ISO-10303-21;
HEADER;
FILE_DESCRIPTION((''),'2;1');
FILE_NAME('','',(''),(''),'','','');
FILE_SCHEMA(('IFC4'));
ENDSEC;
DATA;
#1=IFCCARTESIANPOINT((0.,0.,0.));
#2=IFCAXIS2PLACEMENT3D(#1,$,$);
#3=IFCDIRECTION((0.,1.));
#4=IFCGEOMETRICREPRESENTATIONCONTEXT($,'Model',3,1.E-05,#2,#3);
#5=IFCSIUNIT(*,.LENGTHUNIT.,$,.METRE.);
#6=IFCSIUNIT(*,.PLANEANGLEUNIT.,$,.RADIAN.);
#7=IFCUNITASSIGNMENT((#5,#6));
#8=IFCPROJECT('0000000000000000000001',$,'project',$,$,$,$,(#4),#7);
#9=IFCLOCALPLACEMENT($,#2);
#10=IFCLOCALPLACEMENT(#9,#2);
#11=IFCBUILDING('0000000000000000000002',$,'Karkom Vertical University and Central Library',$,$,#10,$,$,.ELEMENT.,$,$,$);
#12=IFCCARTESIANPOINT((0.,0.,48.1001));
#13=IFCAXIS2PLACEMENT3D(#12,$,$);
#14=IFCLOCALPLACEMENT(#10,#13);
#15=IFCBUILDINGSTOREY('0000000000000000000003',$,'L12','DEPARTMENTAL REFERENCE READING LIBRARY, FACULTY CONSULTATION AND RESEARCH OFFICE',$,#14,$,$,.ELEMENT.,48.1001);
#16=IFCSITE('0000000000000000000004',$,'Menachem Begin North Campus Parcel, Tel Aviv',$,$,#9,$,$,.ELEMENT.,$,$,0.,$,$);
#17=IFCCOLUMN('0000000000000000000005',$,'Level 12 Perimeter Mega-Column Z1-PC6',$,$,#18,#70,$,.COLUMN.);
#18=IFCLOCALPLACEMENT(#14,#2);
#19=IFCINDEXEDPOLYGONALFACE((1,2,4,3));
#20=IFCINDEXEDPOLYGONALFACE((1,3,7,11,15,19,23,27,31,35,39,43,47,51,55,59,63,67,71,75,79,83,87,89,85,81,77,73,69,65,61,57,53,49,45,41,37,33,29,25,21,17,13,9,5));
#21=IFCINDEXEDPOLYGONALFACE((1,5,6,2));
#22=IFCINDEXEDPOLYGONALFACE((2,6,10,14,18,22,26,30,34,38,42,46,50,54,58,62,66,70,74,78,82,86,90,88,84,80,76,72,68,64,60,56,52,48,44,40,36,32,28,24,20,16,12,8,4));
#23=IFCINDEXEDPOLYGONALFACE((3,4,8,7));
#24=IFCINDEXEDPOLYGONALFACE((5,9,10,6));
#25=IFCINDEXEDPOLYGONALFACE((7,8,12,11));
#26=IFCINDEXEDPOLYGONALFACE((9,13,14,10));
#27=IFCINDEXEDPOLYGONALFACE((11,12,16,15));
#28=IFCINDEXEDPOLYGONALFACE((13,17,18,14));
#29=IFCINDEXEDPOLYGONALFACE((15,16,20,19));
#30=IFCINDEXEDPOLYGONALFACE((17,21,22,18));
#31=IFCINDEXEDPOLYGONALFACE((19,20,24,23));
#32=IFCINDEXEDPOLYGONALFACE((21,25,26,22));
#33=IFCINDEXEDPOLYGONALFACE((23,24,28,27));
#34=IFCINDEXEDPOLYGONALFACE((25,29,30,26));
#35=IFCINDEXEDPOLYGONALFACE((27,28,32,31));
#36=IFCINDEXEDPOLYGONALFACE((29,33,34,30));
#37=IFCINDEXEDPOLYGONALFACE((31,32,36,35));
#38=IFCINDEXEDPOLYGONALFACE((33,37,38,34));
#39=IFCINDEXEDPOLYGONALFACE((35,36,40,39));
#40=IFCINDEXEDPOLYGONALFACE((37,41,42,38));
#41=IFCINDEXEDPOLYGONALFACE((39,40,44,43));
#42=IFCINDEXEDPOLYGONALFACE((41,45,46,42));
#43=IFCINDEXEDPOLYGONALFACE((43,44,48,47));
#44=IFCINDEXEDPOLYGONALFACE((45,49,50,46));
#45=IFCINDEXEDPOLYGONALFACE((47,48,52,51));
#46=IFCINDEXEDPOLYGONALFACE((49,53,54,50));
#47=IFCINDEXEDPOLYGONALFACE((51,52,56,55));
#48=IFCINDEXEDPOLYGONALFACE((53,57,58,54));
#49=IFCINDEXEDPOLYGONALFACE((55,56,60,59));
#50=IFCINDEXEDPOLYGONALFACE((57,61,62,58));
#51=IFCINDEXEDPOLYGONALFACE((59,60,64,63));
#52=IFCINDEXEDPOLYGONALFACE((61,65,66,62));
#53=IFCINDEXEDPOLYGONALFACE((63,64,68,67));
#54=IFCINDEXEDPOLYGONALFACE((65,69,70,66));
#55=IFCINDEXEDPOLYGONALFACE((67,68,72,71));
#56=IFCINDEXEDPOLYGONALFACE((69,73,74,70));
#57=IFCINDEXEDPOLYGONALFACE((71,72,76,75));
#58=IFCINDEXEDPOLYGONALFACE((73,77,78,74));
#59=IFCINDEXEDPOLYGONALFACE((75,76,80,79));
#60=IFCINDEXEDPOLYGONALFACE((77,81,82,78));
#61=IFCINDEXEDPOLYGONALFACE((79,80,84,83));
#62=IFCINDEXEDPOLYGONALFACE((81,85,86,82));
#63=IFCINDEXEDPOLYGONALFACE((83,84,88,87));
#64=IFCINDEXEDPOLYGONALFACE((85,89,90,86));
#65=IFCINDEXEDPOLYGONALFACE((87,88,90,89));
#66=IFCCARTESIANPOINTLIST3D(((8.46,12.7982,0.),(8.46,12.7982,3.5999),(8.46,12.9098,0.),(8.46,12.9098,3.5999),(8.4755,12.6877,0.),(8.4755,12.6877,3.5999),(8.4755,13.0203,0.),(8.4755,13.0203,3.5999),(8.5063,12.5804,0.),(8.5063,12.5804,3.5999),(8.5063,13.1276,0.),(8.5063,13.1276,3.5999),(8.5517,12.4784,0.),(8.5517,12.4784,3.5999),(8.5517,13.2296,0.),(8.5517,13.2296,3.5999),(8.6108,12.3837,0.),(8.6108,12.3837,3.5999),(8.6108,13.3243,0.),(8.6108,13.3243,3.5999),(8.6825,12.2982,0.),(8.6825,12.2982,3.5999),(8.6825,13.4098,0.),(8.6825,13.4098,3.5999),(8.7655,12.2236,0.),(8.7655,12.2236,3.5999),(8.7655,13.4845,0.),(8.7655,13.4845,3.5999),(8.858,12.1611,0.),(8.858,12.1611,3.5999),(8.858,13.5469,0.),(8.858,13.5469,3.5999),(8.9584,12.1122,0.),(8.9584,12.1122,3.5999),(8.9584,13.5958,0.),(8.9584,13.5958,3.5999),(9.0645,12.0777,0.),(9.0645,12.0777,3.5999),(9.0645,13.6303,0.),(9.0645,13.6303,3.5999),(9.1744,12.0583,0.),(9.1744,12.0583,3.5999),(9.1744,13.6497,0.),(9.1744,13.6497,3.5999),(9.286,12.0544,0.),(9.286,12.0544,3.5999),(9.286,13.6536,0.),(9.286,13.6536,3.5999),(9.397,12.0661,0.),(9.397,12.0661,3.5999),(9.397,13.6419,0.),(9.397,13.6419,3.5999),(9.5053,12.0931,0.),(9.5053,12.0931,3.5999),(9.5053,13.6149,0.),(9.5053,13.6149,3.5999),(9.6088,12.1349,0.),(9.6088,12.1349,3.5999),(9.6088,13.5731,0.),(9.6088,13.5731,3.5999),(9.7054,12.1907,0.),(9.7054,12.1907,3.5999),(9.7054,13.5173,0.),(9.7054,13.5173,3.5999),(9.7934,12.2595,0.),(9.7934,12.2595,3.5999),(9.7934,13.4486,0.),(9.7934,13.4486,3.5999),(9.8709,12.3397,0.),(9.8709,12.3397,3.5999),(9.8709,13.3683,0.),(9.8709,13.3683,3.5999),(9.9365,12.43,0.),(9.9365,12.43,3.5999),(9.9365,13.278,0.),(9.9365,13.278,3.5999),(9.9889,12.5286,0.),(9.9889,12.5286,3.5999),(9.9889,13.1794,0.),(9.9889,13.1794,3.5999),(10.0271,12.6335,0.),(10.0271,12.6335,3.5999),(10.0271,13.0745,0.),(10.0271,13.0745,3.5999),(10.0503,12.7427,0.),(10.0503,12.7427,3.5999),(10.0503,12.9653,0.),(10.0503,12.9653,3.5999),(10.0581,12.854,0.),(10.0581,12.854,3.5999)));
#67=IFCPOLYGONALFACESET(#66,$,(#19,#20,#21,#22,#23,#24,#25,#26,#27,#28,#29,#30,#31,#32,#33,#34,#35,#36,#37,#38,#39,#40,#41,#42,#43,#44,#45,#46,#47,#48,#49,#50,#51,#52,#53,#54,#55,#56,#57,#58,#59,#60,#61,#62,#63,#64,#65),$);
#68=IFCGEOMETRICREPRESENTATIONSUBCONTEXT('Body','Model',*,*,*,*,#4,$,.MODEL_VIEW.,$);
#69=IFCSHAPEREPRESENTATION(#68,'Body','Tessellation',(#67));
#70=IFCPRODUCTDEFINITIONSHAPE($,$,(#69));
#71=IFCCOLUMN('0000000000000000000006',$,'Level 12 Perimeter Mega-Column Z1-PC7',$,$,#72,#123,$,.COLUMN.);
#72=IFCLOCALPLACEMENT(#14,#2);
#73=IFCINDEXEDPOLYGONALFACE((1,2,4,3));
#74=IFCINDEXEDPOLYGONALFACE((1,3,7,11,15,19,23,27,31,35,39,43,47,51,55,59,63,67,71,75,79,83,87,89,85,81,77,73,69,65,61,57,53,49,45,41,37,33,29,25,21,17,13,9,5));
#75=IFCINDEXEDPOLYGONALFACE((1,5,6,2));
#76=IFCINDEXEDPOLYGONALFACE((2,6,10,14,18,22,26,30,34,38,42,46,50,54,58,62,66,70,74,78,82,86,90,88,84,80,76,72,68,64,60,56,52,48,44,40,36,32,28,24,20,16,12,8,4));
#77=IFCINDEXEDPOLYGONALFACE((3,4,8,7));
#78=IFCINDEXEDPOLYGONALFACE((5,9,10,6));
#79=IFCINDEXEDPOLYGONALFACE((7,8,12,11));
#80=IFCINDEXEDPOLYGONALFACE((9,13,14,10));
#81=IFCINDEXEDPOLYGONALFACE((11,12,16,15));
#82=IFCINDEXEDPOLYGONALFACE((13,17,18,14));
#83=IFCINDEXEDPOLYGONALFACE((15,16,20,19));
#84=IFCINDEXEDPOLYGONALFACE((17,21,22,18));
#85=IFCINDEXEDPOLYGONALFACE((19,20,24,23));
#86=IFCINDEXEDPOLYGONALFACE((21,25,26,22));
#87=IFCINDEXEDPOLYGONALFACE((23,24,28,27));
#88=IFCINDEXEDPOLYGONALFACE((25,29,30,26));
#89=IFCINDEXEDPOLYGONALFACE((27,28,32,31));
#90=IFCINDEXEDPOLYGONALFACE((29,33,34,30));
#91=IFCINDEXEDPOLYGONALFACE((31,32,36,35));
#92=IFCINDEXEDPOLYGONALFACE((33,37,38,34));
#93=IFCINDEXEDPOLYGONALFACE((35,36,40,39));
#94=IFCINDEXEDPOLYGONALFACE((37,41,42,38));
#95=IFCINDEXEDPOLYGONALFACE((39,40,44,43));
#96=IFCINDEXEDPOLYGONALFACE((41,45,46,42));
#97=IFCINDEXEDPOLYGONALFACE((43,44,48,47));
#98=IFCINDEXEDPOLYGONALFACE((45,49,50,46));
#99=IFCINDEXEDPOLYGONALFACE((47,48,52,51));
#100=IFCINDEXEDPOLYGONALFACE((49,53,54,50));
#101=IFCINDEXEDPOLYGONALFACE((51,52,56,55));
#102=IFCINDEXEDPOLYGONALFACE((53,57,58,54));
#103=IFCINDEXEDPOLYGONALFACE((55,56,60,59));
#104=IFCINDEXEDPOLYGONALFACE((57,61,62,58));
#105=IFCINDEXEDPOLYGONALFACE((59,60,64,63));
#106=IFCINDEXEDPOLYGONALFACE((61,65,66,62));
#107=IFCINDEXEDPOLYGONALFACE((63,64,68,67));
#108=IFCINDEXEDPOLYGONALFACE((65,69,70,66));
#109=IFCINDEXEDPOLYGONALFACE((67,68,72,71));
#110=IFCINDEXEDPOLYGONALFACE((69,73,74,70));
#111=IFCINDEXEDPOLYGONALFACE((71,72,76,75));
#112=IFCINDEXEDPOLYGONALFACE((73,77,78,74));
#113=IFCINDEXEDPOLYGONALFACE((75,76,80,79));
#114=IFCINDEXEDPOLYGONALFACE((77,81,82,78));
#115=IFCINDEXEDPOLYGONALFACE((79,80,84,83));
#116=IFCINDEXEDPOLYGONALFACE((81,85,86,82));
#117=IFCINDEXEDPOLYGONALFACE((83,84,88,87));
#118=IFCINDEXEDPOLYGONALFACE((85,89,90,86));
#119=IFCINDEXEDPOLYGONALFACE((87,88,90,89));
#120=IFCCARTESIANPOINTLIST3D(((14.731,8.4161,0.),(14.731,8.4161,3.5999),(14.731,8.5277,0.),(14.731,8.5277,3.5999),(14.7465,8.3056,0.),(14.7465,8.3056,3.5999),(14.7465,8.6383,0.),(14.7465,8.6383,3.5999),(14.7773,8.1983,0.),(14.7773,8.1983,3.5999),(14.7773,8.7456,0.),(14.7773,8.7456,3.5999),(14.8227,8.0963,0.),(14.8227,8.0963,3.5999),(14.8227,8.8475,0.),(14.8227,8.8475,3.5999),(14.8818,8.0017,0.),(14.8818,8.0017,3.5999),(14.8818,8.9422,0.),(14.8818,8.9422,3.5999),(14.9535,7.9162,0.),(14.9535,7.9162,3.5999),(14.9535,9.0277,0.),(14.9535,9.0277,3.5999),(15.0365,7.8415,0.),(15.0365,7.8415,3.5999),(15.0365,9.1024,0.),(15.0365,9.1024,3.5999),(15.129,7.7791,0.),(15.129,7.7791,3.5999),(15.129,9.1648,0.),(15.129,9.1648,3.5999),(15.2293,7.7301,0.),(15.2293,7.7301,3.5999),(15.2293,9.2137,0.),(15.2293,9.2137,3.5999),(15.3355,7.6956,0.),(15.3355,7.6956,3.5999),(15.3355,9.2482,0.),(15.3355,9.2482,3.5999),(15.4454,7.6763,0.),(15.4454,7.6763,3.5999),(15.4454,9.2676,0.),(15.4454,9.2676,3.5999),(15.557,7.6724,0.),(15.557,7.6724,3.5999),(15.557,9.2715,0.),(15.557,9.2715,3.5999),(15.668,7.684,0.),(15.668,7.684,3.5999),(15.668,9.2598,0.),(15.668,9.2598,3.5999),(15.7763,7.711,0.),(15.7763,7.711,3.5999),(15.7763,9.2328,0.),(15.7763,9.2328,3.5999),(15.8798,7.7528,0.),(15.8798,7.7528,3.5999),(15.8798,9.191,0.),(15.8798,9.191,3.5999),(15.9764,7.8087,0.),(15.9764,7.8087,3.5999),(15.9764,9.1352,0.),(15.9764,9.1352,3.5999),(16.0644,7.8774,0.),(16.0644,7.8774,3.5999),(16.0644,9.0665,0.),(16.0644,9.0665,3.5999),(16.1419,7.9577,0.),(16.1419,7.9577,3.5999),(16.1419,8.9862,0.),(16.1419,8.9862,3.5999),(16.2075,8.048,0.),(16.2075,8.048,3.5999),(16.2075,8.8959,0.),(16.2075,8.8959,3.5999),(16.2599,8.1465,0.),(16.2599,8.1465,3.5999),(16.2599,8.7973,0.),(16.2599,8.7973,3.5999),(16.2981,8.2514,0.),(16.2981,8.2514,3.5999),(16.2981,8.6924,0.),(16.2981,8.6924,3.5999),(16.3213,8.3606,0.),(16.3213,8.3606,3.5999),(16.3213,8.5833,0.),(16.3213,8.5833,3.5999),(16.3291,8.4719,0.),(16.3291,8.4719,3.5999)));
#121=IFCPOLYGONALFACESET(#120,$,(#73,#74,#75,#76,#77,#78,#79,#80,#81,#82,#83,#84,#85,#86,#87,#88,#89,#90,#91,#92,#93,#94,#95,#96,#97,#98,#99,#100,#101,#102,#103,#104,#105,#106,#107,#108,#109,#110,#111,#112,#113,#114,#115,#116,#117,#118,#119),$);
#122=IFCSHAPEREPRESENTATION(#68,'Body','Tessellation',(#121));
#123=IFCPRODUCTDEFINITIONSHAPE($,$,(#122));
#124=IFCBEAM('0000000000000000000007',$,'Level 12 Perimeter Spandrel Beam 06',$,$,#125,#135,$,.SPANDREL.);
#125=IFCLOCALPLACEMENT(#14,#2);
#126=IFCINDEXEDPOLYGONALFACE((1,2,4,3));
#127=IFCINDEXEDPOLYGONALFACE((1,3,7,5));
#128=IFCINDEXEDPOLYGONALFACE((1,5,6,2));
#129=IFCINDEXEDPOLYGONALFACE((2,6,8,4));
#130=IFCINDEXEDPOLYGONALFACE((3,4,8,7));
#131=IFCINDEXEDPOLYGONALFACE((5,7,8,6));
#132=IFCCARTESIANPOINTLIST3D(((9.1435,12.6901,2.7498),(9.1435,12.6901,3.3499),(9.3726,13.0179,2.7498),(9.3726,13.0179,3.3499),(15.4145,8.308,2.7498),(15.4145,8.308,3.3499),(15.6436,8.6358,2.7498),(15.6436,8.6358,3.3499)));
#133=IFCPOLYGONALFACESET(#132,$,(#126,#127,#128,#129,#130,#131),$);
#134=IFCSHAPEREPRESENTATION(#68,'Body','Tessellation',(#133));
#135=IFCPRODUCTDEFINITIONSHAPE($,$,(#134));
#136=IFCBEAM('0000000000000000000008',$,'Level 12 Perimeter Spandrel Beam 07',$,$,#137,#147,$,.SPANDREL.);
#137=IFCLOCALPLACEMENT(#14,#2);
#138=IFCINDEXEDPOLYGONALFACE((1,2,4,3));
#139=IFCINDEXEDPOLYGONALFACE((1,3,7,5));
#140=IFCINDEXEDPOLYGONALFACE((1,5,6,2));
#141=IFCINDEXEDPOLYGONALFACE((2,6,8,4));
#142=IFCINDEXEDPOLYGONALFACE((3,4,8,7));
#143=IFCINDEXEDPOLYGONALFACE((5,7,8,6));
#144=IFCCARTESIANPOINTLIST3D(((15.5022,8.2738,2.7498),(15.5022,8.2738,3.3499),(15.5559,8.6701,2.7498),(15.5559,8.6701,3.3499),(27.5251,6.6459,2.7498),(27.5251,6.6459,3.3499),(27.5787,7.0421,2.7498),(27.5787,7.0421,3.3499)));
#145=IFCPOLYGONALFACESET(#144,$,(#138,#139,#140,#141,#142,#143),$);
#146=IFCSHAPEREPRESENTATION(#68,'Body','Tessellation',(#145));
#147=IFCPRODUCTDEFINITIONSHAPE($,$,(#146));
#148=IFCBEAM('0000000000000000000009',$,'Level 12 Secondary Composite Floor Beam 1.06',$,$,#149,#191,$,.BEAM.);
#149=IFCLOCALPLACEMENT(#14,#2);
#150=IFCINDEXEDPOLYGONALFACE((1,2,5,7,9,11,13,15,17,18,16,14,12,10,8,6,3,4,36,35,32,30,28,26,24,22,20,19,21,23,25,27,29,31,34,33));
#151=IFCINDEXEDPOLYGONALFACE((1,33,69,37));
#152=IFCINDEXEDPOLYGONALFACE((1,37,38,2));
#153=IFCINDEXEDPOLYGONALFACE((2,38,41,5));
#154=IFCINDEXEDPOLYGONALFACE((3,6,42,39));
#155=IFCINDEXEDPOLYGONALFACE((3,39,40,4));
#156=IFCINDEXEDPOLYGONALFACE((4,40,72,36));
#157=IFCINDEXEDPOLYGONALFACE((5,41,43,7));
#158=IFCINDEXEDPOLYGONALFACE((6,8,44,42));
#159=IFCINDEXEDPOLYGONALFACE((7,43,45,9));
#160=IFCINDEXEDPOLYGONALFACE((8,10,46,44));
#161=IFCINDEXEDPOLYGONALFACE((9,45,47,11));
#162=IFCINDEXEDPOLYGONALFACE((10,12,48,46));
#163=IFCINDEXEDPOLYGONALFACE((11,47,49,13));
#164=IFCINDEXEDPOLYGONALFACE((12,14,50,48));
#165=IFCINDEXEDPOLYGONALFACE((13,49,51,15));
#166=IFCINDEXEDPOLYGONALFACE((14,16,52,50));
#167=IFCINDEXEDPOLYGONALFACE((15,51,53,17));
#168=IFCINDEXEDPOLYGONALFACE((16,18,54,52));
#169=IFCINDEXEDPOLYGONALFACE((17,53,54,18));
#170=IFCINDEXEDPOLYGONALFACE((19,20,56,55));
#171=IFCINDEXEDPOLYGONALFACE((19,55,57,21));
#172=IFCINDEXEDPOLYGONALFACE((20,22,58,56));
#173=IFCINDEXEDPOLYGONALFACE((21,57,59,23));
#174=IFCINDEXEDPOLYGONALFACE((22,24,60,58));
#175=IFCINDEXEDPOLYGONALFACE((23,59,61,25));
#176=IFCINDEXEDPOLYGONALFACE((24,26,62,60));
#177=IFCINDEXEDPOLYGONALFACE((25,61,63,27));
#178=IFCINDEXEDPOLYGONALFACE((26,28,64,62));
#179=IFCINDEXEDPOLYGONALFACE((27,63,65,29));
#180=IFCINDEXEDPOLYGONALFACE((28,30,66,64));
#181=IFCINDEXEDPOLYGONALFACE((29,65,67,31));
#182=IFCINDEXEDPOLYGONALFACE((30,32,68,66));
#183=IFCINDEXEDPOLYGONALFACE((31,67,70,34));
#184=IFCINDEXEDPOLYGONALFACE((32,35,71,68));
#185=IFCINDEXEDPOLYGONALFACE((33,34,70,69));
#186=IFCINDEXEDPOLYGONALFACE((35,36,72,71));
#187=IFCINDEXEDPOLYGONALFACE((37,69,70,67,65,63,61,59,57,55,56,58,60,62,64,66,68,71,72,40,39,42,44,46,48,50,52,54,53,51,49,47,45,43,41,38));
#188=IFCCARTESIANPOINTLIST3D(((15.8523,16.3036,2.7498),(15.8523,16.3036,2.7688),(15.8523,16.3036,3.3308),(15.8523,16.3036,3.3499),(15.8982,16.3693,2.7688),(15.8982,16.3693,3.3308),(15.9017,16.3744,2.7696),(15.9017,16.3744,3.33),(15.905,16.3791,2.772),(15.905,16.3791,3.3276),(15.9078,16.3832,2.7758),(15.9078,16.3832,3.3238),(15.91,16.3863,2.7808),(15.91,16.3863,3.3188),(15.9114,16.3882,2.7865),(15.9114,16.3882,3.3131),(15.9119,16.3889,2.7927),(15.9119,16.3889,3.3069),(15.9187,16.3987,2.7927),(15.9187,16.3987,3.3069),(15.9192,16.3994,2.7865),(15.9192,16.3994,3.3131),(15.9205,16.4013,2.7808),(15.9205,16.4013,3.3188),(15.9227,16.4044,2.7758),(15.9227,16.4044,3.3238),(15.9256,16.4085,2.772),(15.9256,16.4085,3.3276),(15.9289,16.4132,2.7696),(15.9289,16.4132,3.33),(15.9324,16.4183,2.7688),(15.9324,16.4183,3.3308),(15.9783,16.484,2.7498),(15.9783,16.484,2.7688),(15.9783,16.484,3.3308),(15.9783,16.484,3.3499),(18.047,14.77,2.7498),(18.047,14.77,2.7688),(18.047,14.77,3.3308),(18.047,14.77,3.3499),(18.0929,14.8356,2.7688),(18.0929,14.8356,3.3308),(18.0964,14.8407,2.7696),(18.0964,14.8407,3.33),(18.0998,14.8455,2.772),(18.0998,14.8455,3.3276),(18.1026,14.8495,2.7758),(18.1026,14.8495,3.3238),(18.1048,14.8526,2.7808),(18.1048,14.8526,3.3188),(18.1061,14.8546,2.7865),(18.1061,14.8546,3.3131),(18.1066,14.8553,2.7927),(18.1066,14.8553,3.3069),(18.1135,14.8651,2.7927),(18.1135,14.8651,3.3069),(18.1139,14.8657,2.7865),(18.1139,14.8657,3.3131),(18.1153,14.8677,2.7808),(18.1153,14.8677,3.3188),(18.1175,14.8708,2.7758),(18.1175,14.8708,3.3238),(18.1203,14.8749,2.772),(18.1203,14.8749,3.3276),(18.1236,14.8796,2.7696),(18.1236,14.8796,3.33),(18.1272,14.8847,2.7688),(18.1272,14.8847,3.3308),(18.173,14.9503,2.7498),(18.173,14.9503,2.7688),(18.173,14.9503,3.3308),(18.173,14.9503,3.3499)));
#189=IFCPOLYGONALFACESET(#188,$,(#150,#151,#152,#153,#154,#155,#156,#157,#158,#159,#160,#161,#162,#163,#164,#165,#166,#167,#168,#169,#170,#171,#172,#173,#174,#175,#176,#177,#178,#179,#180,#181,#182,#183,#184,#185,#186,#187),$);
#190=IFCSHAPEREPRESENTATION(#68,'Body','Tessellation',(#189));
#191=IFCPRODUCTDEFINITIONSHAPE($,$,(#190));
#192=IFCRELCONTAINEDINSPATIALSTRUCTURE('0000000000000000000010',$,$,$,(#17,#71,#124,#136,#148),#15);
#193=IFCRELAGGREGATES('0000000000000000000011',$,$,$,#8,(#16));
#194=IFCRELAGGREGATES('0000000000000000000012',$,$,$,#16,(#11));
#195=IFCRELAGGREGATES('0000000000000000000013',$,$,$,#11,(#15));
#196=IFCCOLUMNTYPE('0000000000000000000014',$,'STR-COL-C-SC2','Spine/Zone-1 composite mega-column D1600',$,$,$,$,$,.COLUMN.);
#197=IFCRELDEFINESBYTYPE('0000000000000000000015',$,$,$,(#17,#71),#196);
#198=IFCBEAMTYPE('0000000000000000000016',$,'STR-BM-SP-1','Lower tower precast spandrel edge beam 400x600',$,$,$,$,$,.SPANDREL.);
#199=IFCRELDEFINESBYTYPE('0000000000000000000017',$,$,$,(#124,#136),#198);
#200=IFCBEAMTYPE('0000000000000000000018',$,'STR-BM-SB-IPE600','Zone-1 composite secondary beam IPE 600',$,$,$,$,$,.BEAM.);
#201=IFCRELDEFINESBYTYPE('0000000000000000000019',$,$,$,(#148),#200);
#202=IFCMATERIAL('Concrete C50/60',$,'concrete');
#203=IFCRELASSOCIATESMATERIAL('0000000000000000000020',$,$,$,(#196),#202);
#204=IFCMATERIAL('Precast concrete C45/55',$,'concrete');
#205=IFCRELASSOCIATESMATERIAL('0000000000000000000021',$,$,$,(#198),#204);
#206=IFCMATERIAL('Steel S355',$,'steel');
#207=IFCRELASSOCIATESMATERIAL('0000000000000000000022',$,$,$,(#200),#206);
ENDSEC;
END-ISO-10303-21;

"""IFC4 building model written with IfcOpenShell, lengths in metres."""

from ifc_helpers import new_model, si_unit, direction, frame, origin, origin_with_axes, origin_2d, place, context, subcontext, project, spatial, rectangle, circle, i_section, extrude, source, transform, mapped, material, material_profile, profile_set, type_object, element, save


model = new_model("IFC4")

# Units and contexts
model_context = context("Model", 3, precision=1e-05, world=origin(), true_north=direction((0.0, 1.0)))
body_context = subcontext(model_context, "Body", "Model", "MODEL_VIEW")
ifc_project = project(units=[si_unit("LENGTHUNIT", "METRE"), si_unit("PLANEANGLEUNIT", "RADIAN")], contexts=[model_context])

# Site, building, storey
site_placement = place(None, origin())
site = spatial("IfcSite", under=ifc_project, at=site_placement, Name="Menachem Begin North Campus Parcel, Tel Aviv", CompositionType="ELEMENT", RefElevation=0.0)
building_placement = place(site_placement, origin())
building = spatial("IfcBuilding", under=site, at=building_placement, Name="Karkom Vertical University and Central Library", CompositionType="ELEMENT")
storey_placement = place(building_placement, frame((0.0, 0.0, 48.1001)))
storey = spatial("IfcBuildingStorey", under=building, at=storey_placement, Name="L12", Description="DEPARTMENTAL REFERENCE READING LIBRARY, FACULTY CONSULTATION AND RESEARCH OFFICE", CompositionType="ELEMENT", Elevation=48.1001)

# Columns
ifc_material_1 = material(Name="Concrete C50/60", Category="concrete")
ifc_material_profile_1 = material_profile(ifc_material_1, circle(Radius=0.8, at=origin_2d()), Name="CFT-D1600")
ifc_profile_set_1 = profile_set([ifc_material_profile_1], Name="Concrete C50/60")
column_type = type_object("IfcColumnType", Name="STR-COL-C-SC2", Description="Spine/Zone-1 composite mega-column D1600", PredefinedType="COLUMN", material=ifc_profile_set_1)
shared_shape_1 = source(origin_with_axes(), body_context, "Body", "SweptSolid", [
    extrude(circle(Radius=0.8, at=origin_2d()), origin(), (0.0, 0.0, 1.0), 3.5999),
])
for number, where, z_axis, x_axis, name in (
    (1, (9.2581, 12.854, 0.0), (0.0, 0.0, 1.0), (1.0, 0.0, 0.0), "Level 12 Perimeter Mega-Column Z1-PC6"),
    (2, (15.5291, 8.4719, 0.0), (0.0, 0.0, 1.0), (1.0, 0.0, 0.0), "Level 12 Perimeter Mega-Column Z1-PC7"),
):
    element("IfcColumn", number, at=place(storey_placement, frame(where, z_axis=z_axis, x_axis=x_axis)), inside=storey, type_object=column_type, Name=name, PredefinedType="COLUMN", context=body_context, shape_type="MappedRepresentation", body=[
        mapped(shared_shape_1, transform((0.0, 0.0, 0.0), scale=1.0)),
    ])

# Beams
ifc_material_2 = material(Name="Precast concrete C45/55", Category="concrete")
ifc_material_profile_2 = material_profile(ifc_material_2, rectangle(XDim=0.3999, YDim=0.6001, at=origin_2d()), Name="SPB-400x600")
ifc_profile_set_2 = profile_set([ifc_material_profile_2], Name="Precast concrete C45/55")
beam_type_1 = type_object("IfcBeamType", Name="STR-BM-SP-1", Description="Lower tower precast spandrel edge beam 400x600", PredefinedType="SPANDREL", material=ifc_profile_set_2)
shared_shape_2 = source(origin_with_axes(), body_context, "Body", "SweptSolid", [
    extrude(rectangle(XDim=0.3999, YDim=0.6001, at=origin_2d()), origin(), (0.0, 0.0, 1.0), 7.6504),
])
beam_1_placement = place(storey_placement, frame((9.2581, 12.854, 3.0498), z_axis=(0.819699, -0.572794, 0.0), x_axis=(0.572794, 0.819699, 0.0)))
element("IfcBeam", 3, at=beam_1_placement, inside=storey, type_object=beam_type_1, Name="Level 12 Perimeter Spandrel Beam 06", PredefinedType="SPANDREL", context=body_context, shape_type="MappedRepresentation", body=[
    mapped(shared_shape_2, transform((0.0, 0.0, 0.0), scale=1.0)),
])
shared_shape_3 = source(origin_with_axes(), body_context, "Body", "SweptSolid", [
    extrude(rectangle(XDim=0.3999, YDim=0.6001, at=origin_2d()), origin(), (0.0, 0.0, 1.0), 12.1326),
])
beam_2_placement = place(storey_placement, frame((15.5291, 8.4719, 3.0498), z_axis=(0.990957, -0.134177, 0.0), x_axis=(0.134177, 0.990957, 0.0)))
element("IfcBeam", 4, at=beam_2_placement, inside=storey, type_object=beam_type_1, Name="Level 12 Perimeter Spandrel Beam 07", PredefinedType="SPANDREL", context=body_context, shape_type="MappedRepresentation", body=[
    mapped(shared_shape_3, transform((0.0, 0.0, 0.0), scale=1.0)),
])
ifc_material_3 = material(Name="Steel S355", Category="steel")
ifc_material_profile_3 = material_profile(ifc_material_3, i_section(OverallWidth=0.22, OverallDepth=0.6001, WebThickness=0.012, FlangeThickness=0.019, FilletRadius=0.0239, at=origin_2d()), Name="IPE 600")
ifc_profile_set_3 = profile_set([ifc_material_profile_3], Name="Steel S355")
beam_type_2 = type_object("IfcBeamType", Name="STR-BM-SB-IPE600", Description="Zone-1 composite secondary beam IPE 600", PredefinedType="BEAM", material=ifc_profile_set_3)
shared_shape_4 = source(origin_with_axes(), body_context, "Body", "SweptSolid", [
    extrude(i_section(OverallWidth=0.22, OverallDepth=0.6001, WebThickness=0.012, FlangeThickness=0.019, FilletRadius=0.0239, at=origin_2d()), origin(), (0.0, 0.0, 1.0), 2.6775),
])
beam_3_placement = place(storey_placement, frame((15.9153, 16.3938, 3.0498), z_axis=(0.819703, -0.572789, 0.0), x_axis=(0.572789, 0.819703, 0.0)))
element("IfcBeam", 5, at=beam_3_placement, inside=storey, type_object=beam_type_2, Name="Level 12 Secondary Composite Floor Beam 1.06", PredefinedType="BEAM", context=body_context, shape_type="MappedRepresentation", body=[
    mapped(shared_shape_4, transform((0.0, 0.0, 0.0), scale=1.0)),
])

save(model, "model.ifc")
